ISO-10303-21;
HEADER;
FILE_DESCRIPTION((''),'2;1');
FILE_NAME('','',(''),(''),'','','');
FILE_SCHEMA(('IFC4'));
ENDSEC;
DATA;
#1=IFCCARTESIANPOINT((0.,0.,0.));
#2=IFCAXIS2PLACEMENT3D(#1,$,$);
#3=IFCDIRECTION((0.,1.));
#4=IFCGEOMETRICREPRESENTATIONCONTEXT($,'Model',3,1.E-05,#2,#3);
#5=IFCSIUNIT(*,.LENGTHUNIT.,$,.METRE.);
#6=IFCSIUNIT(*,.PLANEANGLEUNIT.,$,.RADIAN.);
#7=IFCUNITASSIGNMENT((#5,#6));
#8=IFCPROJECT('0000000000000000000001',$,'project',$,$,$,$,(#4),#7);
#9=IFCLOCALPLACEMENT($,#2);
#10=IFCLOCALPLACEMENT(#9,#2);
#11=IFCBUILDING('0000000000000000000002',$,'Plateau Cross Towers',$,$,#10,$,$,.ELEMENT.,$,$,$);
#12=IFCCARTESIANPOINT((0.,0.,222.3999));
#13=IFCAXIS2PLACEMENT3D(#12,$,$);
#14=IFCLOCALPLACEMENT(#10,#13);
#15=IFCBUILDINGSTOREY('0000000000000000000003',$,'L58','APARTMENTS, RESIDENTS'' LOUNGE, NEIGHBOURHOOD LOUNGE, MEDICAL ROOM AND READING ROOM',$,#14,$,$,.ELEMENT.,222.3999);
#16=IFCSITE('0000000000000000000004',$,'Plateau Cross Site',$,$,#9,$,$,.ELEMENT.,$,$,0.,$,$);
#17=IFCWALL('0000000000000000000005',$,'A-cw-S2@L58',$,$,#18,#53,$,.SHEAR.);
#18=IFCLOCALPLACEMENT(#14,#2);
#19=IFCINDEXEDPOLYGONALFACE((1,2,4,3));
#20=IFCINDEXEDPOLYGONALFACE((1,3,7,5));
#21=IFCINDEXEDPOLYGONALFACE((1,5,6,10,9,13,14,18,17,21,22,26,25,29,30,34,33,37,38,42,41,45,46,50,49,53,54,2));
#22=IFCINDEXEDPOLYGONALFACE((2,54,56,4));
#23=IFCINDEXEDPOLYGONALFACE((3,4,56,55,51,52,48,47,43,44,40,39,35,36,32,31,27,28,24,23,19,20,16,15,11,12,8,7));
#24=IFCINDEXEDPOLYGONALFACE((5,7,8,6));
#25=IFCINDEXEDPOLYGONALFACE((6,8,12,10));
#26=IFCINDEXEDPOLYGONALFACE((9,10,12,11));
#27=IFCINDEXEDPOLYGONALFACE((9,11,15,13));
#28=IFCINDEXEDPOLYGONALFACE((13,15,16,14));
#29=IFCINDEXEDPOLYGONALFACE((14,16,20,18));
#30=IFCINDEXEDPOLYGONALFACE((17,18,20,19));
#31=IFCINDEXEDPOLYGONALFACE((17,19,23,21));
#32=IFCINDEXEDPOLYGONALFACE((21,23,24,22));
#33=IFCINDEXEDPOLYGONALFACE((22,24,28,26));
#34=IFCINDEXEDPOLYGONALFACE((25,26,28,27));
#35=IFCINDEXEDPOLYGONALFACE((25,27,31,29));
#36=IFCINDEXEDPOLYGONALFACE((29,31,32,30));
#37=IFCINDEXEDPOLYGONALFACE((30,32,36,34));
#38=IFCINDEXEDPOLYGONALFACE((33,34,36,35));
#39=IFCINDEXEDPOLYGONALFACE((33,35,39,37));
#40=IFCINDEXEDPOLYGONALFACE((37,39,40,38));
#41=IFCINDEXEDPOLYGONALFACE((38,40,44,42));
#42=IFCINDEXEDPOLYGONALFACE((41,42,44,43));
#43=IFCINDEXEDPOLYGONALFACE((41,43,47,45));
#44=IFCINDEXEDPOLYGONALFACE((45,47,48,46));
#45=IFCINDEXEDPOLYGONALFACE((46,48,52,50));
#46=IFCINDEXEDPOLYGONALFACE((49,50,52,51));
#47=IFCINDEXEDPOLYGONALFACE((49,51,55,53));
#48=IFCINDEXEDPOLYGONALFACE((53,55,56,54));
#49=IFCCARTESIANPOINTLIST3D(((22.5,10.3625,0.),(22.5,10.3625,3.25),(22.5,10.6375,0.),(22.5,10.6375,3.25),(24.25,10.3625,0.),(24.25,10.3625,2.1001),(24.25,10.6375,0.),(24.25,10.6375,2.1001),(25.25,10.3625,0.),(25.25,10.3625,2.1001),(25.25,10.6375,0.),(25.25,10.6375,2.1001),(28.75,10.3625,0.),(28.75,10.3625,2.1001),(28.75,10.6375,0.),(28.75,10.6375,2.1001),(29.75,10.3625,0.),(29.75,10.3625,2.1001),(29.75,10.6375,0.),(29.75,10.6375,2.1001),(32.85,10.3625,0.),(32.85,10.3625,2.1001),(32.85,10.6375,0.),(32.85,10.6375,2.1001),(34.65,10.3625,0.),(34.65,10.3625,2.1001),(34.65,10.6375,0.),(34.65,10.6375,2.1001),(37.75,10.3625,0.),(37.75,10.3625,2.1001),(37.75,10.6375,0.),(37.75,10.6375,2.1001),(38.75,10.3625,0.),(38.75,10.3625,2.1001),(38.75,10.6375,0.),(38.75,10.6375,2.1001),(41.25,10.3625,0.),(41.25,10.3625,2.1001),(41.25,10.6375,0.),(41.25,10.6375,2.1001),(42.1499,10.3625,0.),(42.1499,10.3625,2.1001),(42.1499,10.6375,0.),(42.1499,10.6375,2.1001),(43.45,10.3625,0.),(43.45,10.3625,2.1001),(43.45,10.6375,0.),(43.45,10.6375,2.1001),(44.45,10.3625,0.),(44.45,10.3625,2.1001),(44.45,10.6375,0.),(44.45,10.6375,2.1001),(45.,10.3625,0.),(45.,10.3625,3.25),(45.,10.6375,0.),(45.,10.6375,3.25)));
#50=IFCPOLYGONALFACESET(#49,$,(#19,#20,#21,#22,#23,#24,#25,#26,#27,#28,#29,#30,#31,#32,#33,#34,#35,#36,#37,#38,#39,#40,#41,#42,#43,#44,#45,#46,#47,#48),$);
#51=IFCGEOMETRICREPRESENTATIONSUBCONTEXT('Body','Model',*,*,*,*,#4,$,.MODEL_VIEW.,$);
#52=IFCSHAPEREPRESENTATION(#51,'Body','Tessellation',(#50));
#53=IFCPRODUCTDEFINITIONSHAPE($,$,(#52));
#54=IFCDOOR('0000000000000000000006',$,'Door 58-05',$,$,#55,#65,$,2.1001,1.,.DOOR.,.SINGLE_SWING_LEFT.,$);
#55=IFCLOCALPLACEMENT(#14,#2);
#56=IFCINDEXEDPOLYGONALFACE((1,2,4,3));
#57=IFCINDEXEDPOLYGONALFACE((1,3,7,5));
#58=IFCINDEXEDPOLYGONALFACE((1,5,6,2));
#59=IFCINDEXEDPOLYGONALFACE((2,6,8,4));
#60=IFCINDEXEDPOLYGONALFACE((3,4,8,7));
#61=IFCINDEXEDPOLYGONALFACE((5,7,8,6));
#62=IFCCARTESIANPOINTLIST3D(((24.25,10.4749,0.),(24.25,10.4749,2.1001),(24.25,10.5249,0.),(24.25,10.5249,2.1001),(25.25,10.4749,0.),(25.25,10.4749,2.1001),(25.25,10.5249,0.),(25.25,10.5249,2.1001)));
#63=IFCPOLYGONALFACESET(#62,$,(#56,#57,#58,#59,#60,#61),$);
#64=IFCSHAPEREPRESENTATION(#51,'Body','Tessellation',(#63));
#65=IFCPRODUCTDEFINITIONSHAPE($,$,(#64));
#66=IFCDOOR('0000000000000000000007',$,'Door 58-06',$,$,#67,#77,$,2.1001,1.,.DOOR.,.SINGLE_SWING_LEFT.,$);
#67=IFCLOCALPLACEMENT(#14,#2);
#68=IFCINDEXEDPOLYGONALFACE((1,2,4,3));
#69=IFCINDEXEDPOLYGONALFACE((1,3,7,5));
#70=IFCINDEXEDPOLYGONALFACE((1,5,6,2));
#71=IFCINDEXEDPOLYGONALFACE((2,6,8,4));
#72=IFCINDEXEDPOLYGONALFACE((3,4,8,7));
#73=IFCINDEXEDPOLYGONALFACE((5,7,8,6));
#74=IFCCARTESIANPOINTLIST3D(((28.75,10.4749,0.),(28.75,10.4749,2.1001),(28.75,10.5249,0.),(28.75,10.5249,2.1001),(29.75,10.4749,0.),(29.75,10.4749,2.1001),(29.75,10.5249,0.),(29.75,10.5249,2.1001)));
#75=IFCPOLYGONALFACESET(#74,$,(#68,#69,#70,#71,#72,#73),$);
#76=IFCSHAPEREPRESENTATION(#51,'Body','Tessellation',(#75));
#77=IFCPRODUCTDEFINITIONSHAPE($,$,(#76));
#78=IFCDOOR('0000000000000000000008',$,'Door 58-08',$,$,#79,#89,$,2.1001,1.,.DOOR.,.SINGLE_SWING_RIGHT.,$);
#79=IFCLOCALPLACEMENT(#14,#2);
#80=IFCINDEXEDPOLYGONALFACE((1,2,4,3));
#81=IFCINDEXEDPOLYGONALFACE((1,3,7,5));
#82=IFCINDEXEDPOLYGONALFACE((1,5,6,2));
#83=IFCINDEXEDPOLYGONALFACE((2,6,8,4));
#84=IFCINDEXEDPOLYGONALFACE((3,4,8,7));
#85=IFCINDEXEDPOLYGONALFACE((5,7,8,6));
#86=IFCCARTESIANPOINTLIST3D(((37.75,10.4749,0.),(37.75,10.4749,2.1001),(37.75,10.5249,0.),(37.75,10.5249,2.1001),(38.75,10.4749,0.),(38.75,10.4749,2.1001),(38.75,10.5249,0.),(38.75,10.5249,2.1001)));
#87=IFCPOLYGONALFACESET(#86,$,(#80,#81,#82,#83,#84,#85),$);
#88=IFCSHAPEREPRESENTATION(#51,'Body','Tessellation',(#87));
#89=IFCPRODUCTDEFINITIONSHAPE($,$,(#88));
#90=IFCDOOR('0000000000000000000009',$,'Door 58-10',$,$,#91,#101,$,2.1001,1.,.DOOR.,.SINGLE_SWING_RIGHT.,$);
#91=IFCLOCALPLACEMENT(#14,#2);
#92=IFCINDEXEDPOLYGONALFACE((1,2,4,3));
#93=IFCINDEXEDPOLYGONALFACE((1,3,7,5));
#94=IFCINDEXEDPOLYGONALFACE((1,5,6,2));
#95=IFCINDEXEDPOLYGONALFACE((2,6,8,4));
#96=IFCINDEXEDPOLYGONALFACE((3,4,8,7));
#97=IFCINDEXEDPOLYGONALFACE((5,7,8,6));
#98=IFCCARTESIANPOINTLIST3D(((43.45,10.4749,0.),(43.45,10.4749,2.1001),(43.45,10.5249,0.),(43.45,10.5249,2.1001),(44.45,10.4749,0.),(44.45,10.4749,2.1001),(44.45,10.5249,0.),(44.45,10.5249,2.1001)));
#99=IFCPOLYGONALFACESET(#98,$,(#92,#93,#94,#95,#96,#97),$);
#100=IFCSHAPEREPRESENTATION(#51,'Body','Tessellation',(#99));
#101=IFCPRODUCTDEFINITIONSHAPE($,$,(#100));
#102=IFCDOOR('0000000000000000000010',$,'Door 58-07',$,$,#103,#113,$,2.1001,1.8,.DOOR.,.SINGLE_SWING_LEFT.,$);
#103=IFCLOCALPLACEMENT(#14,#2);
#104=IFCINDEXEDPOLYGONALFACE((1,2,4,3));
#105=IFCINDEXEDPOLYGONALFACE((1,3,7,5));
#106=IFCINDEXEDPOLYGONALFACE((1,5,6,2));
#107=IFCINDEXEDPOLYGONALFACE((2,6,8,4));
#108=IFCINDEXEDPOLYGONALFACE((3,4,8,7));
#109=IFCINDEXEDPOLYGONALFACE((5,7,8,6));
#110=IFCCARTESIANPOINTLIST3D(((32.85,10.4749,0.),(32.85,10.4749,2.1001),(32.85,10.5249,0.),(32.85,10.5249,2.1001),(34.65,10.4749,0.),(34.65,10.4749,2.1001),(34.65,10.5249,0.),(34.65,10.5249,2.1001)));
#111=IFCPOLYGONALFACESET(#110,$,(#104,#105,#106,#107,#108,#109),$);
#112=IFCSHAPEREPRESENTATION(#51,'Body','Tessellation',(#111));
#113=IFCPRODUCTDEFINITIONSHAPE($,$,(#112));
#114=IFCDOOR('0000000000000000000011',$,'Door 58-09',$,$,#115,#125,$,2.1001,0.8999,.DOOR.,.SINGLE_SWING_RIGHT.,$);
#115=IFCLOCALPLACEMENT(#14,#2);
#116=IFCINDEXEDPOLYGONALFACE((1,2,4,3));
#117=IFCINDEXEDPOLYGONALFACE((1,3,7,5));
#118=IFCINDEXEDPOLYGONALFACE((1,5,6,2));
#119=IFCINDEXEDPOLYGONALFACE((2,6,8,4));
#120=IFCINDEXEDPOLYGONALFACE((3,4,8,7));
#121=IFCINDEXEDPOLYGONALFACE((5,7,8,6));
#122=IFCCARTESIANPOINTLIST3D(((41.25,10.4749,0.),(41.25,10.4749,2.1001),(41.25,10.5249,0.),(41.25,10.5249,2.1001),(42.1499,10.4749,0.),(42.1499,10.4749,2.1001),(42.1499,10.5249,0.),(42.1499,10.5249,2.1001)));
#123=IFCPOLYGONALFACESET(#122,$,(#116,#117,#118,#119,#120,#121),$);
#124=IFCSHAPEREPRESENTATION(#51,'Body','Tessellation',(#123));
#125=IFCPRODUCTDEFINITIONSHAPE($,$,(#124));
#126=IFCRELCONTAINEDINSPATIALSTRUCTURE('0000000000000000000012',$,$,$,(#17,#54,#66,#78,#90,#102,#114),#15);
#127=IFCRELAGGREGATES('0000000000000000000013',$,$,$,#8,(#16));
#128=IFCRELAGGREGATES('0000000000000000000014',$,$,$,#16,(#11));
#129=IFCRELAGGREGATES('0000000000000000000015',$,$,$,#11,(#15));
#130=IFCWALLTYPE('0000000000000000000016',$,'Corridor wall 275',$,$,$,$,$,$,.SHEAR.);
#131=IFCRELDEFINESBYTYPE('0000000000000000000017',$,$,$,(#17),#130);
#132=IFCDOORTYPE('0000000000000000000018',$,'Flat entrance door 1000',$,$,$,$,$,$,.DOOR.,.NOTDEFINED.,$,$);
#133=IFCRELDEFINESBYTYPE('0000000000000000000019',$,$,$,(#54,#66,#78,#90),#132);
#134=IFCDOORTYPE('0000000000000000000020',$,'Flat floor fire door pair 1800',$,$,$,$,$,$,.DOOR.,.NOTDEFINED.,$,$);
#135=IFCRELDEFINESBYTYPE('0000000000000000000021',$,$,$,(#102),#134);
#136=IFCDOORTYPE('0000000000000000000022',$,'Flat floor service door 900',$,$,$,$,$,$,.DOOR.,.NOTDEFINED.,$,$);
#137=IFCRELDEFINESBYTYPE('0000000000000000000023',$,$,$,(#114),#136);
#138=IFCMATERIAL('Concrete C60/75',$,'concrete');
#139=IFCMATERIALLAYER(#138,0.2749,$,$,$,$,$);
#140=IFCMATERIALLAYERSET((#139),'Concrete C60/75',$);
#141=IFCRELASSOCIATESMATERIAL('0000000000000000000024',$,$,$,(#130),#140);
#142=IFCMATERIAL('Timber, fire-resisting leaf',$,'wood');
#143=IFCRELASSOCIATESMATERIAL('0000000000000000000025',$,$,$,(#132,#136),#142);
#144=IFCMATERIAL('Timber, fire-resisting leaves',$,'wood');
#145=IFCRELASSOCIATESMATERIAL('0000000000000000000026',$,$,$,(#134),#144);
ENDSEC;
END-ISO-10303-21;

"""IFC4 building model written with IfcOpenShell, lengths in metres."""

from ifc_helpers import new_model, si_unit, direction, frame, frame_2d, origin, place, context, subcontext, project, spatial, rectangle, extrude, material, layer, layer_set, type_object, element, fill, save


model = new_model("IFC4")

# Units and contexts
model_context = context("Model", 3, precision=1e-05, world=origin(), true_north=direction((0.0, 1.0)))
body_context = subcontext(model_context, "Body", "Model", "MODEL_VIEW")
ifc_project = project(units=[si_unit("LENGTHUNIT", "METRE"), si_unit("PLANEANGLEUNIT", "RADIAN")], contexts=[model_context])

# Site, building, storey
site_placement = place(None, origin())
site = spatial("IfcSite", under=ifc_project, at=site_placement, Name="Plateau Cross Site", CompositionType="ELEMENT", RefElevation=0.0)
building_placement = place(site_placement, origin())
building = spatial("IfcBuilding", under=site, at=building_placement, Name="Plateau Cross Towers", CompositionType="ELEMENT")
storey_placement = place(building_placement, frame((0.0, 0.0, 222.3999)))
storey = spatial("IfcBuildingStorey", under=building, at=storey_placement, Name="L58", Description="APARTMENTS, RESIDENTS' LOUNGE, NEIGHBOURHOOD LOUNGE, MEDICAL ROOM AND READING ROOM", CompositionType="ELEMENT", Elevation=222.3999)

# Shared definitions
ifc_material_1 = material(Name="Concrete C60/75", Category="concrete")

# Wall, openings, doors
ifc_layer_1 = layer(ifc_material_1, 0.2749)
ifc_layer_set_1 = layer_set([ifc_layer_1], Name="Concrete C60/75")
wall_type_1 = type_object("IfcWallType", Name="Corridor wall 275", PredefinedType="SHEAR", material=ifc_layer_set_1)
ifc_material_2 = material(Name="Timber, fire-resisting leaf", Category="wood")
door_type_1 = type_object("IfcDoorType", Name="Flat entrance door 1000", OperationType="NOTDEFINED", PredefinedType="DOOR", material=ifc_material_2)
wall_1_placement = place(storey_placement, frame((22.5, 10.5, 0.0), z_axis=(0.0, 0.0, 1.0), x_axis=(1.0, 0.0, 0.0)))
wall_1 = element("IfcWall", 1, at=wall_1_placement, inside=storey, type_object=wall_type_1, Name="A-cw-S2@L58", PredefinedType="SHEAR", context=body_context, shape_type="SweptSolid", body=[
    extrude(rectangle(XDim=22.5, YDim=0.2749, at=frame_2d((11.25, 0.0))), origin(), (0.0, 0.0, 1.0), 3.25),
])
opening_1_placement = place(wall_1_placement, frame((1.75, 0.0, 0.0)))
opening_1 = element("IfcOpeningElement", 2, at=opening_1_placement, cuts=wall_1, PredefinedType="OPENING", context=body_context, shape_type="SweptSolid", body=[
    extrude(rectangle(XDim=1.0, YDim=2.1001, at=frame_2d((0.5, 1.05))), frame((0.0, 0.1475, 0.0), z_axis=(0.0, -1.0, 0.0), x_axis=(1.0, 0.0, 0.0)), (0.0, 0.0, 1.0), 0.2949),
])
opening_2_placement = place(wall_1_placement, frame((6.25, 0.0, 0.0)))
opening_2 = element("IfcOpeningElement", 3, at=opening_2_placement, cuts=wall_1, PredefinedType="OPENING", context=body_context, shape_type="SweptSolid", body=[
    extrude(rectangle(XDim=1.0, YDim=2.1001, at=frame_2d((0.5, 1.05))), frame((0.0, 0.1475, 0.0), z_axis=(0.0, -1.0, 0.0), x_axis=(1.0, 0.0, 0.0)), (0.0, 0.0, 1.0), 0.2949),
])
opening_3_placement = place(wall_1_placement, frame((10.3501, 0.0, 0.0)))
opening_3 = element("IfcOpeningElement", 4, at=opening_3_placement, cuts=wall_1, PredefinedType="OPENING", context=body_context, shape_type="SweptSolid", body=[
    extrude(rectangle(XDim=1.8, YDim=2.1001, at=frame_2d((0.8999, 1.05))), frame((0.0, 0.1475, 0.0), z_axis=(0.0, -1.0, 0.0), x_axis=(1.0, 0.0, 0.0)), (0.0, 0.0, 1.0), 0.2949),
])
opening_4_placement = place(wall_1_placement, frame((15.25, 0.0, 0.0)))
opening_4 = element("IfcOpeningElement", 5, at=opening_4_placement, cuts=wall_1, PredefinedType="OPENING", context=body_context, shape_type="SweptSolid", body=[
    extrude(rectangle(XDim=1.0, YDim=2.1001, at=frame_2d((0.5, 1.05))), frame((0.0, 0.1475, 0.0), z_axis=(0.0, -1.0, 0.0), x_axis=(1.0, 0.0, 0.0)), (0.0, 0.0, 1.0), 0.2949),
])
opening_5_placement = place(wall_1_placement, frame((18.75, 0.0, 0.0)))
opening_5 = element("IfcOpeningElement", 6, at=opening_5_placement, cuts=wall_1, PredefinedType="OPENING", context=body_context, shape_type="SweptSolid", body=[
    extrude(rectangle(XDim=0.8999, YDim=2.1001, at=frame_2d((0.45, 1.05))), frame((0.0, 0.1475, 0.0), z_axis=(0.0, -1.0, 0.0), x_axis=(1.0, 0.0, 0.0)), (0.0, 0.0, 1.0), 0.2949),
])
opening_6_placement = place(wall_1_placement, frame((20.95, 0.0, 0.0)))
opening_6 = element("IfcOpeningElement", 7, at=opening_6_placement, cuts=wall_1, PredefinedType="OPENING", context=body_context, shape_type="SweptSolid", body=[
    extrude(rectangle(XDim=1.0, YDim=2.1001, at=frame_2d((0.5, 1.05))), frame((0.0, 0.1475, 0.0), z_axis=(0.0, -1.0, 0.0), x_axis=(1.0, 0.0, 0.0)), (0.0, 0.0, 1.0), 0.2949),
])
door_1_placement = place(opening_1_placement, origin())
door_1 = element("IfcDoor", 8, at=door_1_placement, inside=storey, type_object=door_type_1, Name="Door 58-05", OperationType="SINGLE_SWING_LEFT", OverallHeight=2.1001, OverallWidth=1.0, PredefinedType="DOOR", context=body_context, shape_type="SweptSolid", body=[
    extrude(rectangle(XDim=1.0, YDim=2.1001, at=frame_2d((0.5, 1.05))), frame((0.0, 0.0249, 0.0), z_axis=(0.0, -1.0, 0.0), x_axis=(1.0, 0.0, 0.0)), (0.0, 0.0, 1.0), 0.05),
])
fill(opening_1, door_1)
door_2_placement = place(opening_2_placement, origin())
door_2 = element("IfcDoor", 9, at=door_2_placement, inside=storey, type_object=door_type_1, Name="Door 58-06", OperationType="SINGLE_SWING_LEFT", OverallHeight=2.1001, OverallWidth=1.0, PredefinedType="DOOR", context=body_context, shape_type="SweptSolid", body=[
    extrude(rectangle(XDim=1.0, YDim=2.1001, at=frame_2d((0.5, 1.05))), frame((0.0, 0.0249, 0.0), z_axis=(0.0, -1.0, 0.0), x_axis=(1.0, 0.0, 0.0)), (0.0, 0.0, 1.0), 0.05),
])
fill(opening_2, door_2)
door_3_placement = place(opening_4_placement, origin())
door_3 = element("IfcDoor", 10, at=door_3_placement, inside=storey, type_object=door_type_1, Name="Door 58-08", OperationType="SINGLE_SWING_RIGHT", OverallHeight=2.1001, OverallWidth=1.0, PredefinedType="DOOR", context=body_context, shape_type="SweptSolid", body=[
    extrude(rectangle(XDim=1.0, YDim=2.1001, at=frame_2d((0.5, 1.05))), frame((0.0, 0.0249, 0.0), z_axis=(0.0, -1.0, 0.0), x_axis=(1.0, 0.0, 0.0)), (0.0, 0.0, 1.0), 0.05),
])
fill(opening_4, door_3)
door_4_placement = place(opening_6_placement, origin())
door_4 = element("IfcDoor", 11, at=door_4_placement, inside=storey, type_object=door_type_1, Name="Door 58-10", OperationType="SINGLE_SWING_RIGHT", OverallHeight=2.1001, OverallWidth=1.0, PredefinedType="DOOR", context=body_context, shape_type="SweptSolid", body=[
    extrude(rectangle(XDim=1.0, YDim=2.1001, at=frame_2d((0.5, 1.05))), frame((0.0, 0.0249, 0.0), z_axis=(0.0, -1.0, 0.0), x_axis=(1.0, 0.0, 0.0)), (0.0, 0.0, 1.0), 0.05),
])
fill(opening_6, door_4)
ifc_material_3 = material(Name="Timber, fire-resisting leaves", Category="wood")
door_type_2 = type_object("IfcDoorType", Name="Flat floor fire door pair 1800", OperationType="NOTDEFINED", PredefinedType="DOOR", material=ifc_material_3)
door_5_placement = place(opening_3_placement, origin())
door_5 = element("IfcDoor", 12, at=door_5_placement, inside=storey, type_object=door_type_2, Name="Door 58-07", OperationType="SINGLE_SWING_LEFT", OverallHeight=2.1001, OverallWidth=1.8, PredefinedType="DOOR", context=body_context, shape_type="SweptSolid", body=[
    extrude(rectangle(XDim=1.8, YDim=2.1001, at=frame_2d((0.8999, 1.05))), frame((0.0, 0.0249, 0.0), z_axis=(0.0, -1.0, 0.0), x_axis=(1.0, 0.0, 0.0)), (0.0, 0.0, 1.0), 0.05),
])
fill(opening_3, door_5)
door_type_3 = type_object("IfcDoorType", Name="Flat floor service door 900", OperationType="NOTDEFINED", PredefinedType="DOOR", material=ifc_material_2)
door_6_placement = place(opening_5_placement, origin())
door_6 = element("IfcDoor", 13, at=door_6_placement, inside=storey, type_object=door_type_3, Name="Door 58-09", OperationType="SINGLE_SWING_RIGHT", OverallHeight=2.1001, OverallWidth=0.8999, PredefinedType="DOOR", context=body_context, shape_type="SweptSolid", body=[
    extrude(rectangle(XDim=0.8999, YDim=2.1001, at=frame_2d((0.45, 1.05))), frame((0.0, 0.0249, 0.0), z_axis=(0.0, -1.0, 0.0), x_axis=(1.0, 0.0, 0.0)), (0.0, 0.0, 1.0), 0.05),
])
fill(opening_5, door_6)

save(model, "model.ifc")
